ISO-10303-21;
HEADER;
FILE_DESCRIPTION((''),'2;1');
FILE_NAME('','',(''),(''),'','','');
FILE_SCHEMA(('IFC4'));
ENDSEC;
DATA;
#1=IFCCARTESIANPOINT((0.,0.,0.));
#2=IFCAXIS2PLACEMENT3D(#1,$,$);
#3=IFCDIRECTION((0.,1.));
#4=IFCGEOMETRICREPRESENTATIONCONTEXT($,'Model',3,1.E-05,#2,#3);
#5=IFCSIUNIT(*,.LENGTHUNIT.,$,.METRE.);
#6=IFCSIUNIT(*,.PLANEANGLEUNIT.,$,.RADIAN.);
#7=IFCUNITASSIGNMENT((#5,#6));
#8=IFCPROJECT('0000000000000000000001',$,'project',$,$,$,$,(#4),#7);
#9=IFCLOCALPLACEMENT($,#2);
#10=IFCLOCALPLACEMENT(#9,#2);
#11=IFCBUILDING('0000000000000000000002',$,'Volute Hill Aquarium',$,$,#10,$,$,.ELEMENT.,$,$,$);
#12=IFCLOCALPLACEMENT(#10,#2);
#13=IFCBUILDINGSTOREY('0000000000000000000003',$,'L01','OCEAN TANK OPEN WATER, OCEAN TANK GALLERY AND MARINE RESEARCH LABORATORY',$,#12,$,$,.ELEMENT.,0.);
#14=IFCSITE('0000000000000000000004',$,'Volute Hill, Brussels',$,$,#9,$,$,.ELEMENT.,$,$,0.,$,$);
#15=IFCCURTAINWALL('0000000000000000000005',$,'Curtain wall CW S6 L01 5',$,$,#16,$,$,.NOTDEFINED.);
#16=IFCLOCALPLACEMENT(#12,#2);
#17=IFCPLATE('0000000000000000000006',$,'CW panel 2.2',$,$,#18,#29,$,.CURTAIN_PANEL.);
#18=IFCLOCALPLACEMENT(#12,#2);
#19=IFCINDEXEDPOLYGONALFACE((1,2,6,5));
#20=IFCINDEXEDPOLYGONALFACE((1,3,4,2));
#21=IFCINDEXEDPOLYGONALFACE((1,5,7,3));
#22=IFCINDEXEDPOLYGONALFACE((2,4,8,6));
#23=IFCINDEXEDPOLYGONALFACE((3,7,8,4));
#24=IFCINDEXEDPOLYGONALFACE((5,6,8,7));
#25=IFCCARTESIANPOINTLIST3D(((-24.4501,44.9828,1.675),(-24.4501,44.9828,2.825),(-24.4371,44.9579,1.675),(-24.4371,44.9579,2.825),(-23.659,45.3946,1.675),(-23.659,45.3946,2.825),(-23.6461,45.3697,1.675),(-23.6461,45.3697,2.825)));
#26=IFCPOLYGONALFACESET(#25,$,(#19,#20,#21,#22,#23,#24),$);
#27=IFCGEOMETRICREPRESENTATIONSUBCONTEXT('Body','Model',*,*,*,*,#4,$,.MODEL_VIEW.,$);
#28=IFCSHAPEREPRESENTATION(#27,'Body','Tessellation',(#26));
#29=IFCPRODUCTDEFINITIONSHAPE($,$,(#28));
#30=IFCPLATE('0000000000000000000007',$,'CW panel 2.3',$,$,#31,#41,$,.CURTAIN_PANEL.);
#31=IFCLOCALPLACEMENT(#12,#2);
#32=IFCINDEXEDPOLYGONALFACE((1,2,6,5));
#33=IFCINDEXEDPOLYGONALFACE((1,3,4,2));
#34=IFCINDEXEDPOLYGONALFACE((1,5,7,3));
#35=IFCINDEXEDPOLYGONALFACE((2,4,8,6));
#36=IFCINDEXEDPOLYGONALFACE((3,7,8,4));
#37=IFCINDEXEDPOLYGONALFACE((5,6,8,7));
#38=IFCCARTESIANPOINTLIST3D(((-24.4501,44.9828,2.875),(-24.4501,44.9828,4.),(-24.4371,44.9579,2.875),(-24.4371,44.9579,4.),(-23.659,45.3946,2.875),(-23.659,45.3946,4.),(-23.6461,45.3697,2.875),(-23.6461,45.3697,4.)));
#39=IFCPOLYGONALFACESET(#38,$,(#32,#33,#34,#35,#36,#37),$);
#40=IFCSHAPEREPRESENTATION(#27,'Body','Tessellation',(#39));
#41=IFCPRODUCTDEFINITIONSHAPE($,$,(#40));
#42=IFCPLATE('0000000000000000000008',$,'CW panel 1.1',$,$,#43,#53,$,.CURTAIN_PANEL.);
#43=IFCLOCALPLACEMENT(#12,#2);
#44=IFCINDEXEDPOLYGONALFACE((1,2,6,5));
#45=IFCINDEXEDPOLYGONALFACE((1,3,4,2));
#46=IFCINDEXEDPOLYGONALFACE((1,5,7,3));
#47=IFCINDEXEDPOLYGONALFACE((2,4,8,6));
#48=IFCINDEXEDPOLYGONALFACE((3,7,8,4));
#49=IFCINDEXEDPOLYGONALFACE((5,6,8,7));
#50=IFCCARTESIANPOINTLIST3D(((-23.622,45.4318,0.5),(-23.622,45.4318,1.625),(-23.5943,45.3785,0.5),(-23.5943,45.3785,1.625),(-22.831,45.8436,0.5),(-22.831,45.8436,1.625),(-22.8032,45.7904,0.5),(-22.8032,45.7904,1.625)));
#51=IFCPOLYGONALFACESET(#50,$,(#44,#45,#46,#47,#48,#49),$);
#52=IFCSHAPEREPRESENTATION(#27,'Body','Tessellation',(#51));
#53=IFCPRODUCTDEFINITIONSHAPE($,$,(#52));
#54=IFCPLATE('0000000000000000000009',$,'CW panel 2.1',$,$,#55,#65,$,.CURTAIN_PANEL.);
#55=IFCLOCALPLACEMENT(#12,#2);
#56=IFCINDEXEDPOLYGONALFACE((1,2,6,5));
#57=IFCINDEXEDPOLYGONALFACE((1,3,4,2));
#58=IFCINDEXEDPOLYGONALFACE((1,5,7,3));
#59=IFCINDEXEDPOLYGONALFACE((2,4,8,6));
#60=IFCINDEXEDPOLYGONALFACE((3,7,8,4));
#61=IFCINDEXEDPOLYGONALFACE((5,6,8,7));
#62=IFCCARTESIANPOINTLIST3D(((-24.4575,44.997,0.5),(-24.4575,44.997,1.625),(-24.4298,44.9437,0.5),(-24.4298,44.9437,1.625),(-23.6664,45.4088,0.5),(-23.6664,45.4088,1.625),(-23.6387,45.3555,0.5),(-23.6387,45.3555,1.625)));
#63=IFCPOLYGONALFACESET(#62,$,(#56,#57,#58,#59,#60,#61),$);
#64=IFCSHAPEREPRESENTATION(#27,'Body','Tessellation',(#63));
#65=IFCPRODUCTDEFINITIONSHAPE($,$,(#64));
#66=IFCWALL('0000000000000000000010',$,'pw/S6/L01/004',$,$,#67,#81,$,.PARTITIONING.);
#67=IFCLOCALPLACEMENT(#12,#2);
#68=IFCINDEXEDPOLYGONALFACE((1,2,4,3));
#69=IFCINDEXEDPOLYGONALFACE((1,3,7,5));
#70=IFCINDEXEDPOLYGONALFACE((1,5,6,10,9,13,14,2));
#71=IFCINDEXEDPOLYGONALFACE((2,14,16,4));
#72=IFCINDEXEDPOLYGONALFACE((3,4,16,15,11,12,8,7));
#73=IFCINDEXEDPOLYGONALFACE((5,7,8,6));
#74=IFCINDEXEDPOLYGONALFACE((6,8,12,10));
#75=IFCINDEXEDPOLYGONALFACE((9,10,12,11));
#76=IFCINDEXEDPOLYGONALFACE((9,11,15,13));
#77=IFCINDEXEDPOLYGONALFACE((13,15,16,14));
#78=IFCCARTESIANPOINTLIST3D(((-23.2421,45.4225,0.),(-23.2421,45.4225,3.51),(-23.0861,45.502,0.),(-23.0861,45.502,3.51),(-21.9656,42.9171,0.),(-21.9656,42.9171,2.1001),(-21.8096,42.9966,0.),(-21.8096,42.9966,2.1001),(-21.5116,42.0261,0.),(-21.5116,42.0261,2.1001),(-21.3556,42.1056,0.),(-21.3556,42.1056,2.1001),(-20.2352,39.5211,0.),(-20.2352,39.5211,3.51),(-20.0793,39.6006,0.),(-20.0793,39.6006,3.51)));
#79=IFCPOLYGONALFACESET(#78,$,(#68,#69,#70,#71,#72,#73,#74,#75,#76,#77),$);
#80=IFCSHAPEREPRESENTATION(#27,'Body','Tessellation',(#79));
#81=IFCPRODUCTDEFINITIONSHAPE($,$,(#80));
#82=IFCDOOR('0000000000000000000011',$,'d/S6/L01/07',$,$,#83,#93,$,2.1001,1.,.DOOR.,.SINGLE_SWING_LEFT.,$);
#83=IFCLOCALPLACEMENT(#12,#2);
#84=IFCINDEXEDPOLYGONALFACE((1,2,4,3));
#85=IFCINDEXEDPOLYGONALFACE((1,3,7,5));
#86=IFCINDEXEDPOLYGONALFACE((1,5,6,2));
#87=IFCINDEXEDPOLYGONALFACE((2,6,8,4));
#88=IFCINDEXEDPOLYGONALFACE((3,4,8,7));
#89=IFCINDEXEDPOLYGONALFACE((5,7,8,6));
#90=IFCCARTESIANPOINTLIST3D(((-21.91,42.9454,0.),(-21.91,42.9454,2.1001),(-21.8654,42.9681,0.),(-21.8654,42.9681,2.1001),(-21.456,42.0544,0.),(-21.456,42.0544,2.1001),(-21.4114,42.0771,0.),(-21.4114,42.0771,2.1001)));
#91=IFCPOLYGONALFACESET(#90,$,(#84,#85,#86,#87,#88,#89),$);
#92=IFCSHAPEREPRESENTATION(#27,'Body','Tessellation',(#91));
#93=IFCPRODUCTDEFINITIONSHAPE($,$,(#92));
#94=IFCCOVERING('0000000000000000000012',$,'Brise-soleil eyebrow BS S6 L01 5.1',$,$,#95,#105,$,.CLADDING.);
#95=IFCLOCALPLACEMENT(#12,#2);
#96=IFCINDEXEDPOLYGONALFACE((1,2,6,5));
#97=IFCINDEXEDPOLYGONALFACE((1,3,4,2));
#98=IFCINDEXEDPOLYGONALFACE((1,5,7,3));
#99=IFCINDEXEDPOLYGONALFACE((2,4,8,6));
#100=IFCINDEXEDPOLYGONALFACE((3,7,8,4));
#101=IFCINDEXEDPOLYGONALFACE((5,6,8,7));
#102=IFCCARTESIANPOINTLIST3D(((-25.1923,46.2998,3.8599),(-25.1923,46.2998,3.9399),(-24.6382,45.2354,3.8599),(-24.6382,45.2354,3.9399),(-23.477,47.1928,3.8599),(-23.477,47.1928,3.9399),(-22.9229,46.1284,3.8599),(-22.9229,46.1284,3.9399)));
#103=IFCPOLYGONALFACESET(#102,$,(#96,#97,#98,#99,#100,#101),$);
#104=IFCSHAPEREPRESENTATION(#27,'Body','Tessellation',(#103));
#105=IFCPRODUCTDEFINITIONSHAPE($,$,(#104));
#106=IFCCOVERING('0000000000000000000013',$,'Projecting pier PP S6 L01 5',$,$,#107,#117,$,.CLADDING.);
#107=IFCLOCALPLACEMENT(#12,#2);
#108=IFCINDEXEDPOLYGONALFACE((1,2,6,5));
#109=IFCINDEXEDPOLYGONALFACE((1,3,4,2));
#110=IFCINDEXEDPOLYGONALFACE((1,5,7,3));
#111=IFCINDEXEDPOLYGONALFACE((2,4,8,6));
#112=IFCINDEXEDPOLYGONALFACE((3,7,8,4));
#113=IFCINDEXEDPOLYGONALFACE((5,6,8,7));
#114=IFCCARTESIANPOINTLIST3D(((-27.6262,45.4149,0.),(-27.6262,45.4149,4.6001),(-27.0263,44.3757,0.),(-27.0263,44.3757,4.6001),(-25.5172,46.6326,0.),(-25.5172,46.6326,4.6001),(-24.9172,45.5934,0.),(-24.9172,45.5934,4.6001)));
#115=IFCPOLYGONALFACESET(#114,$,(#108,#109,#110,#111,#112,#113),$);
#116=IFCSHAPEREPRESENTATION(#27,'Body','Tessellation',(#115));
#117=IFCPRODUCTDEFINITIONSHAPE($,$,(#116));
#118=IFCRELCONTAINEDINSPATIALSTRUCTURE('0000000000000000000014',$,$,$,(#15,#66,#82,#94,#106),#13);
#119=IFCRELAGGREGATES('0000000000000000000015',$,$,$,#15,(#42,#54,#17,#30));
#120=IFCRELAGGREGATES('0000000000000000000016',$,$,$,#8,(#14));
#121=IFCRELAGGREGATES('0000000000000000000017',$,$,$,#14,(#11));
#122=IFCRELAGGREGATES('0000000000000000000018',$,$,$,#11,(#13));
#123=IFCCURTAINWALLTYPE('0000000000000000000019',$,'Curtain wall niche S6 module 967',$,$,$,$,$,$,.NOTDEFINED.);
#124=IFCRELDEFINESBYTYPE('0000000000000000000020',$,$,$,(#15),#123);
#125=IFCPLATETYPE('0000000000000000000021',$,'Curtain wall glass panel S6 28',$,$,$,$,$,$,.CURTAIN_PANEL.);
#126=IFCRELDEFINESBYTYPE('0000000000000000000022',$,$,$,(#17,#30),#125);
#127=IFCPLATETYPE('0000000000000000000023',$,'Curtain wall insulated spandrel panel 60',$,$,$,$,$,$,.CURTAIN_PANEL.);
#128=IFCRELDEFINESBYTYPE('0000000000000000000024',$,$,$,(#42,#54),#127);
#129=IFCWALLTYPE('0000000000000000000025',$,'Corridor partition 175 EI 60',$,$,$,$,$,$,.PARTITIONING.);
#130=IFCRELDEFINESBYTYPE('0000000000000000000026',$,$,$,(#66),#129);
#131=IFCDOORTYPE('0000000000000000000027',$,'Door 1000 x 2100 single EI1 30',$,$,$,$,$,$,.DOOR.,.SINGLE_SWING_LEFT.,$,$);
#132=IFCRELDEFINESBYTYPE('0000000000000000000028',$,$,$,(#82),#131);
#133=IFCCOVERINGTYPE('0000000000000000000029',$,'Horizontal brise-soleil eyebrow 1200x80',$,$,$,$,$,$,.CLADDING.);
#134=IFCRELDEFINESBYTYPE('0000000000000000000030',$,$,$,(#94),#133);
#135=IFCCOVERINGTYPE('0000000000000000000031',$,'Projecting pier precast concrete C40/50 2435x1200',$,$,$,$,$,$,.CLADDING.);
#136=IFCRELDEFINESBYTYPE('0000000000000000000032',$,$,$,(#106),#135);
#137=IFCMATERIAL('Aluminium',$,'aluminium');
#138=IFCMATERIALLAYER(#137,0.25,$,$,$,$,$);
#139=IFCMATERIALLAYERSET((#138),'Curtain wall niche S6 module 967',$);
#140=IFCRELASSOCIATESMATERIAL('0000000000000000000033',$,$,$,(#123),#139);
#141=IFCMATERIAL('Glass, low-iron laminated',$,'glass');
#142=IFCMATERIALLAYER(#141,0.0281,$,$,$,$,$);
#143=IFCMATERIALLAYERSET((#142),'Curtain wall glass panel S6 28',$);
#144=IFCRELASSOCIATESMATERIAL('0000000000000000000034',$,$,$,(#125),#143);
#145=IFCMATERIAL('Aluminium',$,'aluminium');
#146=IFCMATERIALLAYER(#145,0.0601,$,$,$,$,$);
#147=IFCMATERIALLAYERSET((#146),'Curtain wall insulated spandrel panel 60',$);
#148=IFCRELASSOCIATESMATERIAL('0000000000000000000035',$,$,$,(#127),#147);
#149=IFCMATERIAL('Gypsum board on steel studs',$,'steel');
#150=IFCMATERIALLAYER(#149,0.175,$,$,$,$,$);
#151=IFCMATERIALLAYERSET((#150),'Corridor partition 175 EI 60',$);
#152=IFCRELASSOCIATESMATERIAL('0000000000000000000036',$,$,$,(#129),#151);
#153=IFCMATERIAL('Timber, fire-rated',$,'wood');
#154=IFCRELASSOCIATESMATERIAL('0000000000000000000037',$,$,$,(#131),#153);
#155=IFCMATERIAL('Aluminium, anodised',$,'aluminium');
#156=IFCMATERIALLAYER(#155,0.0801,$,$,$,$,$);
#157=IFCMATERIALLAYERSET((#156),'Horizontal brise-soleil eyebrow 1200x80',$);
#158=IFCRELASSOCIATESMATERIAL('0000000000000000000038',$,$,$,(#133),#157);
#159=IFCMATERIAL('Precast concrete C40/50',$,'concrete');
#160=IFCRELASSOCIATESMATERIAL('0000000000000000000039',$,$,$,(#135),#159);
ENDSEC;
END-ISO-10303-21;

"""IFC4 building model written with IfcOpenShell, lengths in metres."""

from ifc_helpers import new_model, si_unit, direction, frame, frame_2d, origin, origin_2d, place, context, subcontext, project, spatial, rectangle, extrude, material, layer, layer_set, type_object, element, fill, aggregate, save


model = new_model("IFC4")

# Units and contexts
model_context = context("Model", 3, precision=1e-05, world=origin(), true_north=direction((0.0, 1.0)))
body_context = subcontext(model_context, "Body", "Model", "MODEL_VIEW")
ifc_project = project(units=[si_unit("LENGTHUNIT", "METRE"), si_unit("PLANEANGLEUNIT", "RADIAN")], contexts=[model_context])

# Site, building, storey
site_placement = place(None, origin())
site = spatial("IfcSite", under=ifc_project, at=site_placement, Name="Volute Hill, Brussels", CompositionType="ELEMENT", RefElevation=0.0)
building_placement = place(site_placement, origin())
building = spatial("IfcBuilding", under=site, at=building_placement, Name="Volute Hill Aquarium", CompositionType="ELEMENT")
storey_placement = place(building_placement, origin())
storey = spatial("IfcBuildingStorey", under=building, at=storey_placement, Name="L01", Description="OCEAN TANK OPEN WATER, OCEAN TANK GALLERY AND MARINE RESEARCH LABORATORY", CompositionType="ELEMENT", Elevation=0.0)

# Curtain wall
ifc_material_1 = material(Name="Aluminium", Category="aluminium")
ifc_layer_1 = layer(ifc_material_1, 0.25)
ifc_layer_set_1 = layer_set([ifc_layer_1], Name="Curtain wall niche S6 module 967")
curtain_wall_type = type_object("IfcCurtainWallType", Name="Curtain wall niche S6 module 967", PredefinedType="NOTDEFINED", material=ifc_layer_set_1)
curtain_wall_placement = place(storey_placement, origin())
curtain_wall = element("IfcCurtainWall", 1, at=curtain_wall_placement, inside=storey, type_object=curtain_wall_type, Name="Curtain wall CW S6 L01 5", PredefinedType="NOTDEFINED")

# Plates
ifc_material_2 = material(Name="Glass, low-iron laminated", Category="glass")
ifc_layer_2 = layer(ifc_material_2, 0.0281)
ifc_layer_set_2 = layer_set([ifc_layer_2], Name="Curtain wall glass panel S6 28")
plate_type_1 = type_object("IfcPlateType", Name="Curtain wall glass panel S6 28", PredefinedType="CURTAIN_PANEL", material=ifc_layer_set_2)
plate_1_placement = place(storey_placement, frame((-24.0481, 45.1763, 1.675), z_axis=(0.0, 0.0, 1.0), x_axis=(-0.887005, -0.46176, 0.0)))
plate_1 = element("IfcPlate", 2, at=plate_1_placement, type_object=plate_type_1, Name="CW panel 2.2", PredefinedType="CURTAIN_PANEL", context=body_context, shape_type="SweptSolid", body=[
    extrude(rectangle(XDim=0.8918, YDim=0.0281, at=origin_2d()), origin(), (0.0, 0.0, 1.0), 1.1499),
])
plate_2_placement = place(storey_placement, frame((-24.0481, 45.1763, 2.875), z_axis=(0.0, 0.0, 1.0), x_axis=(-0.887005, -0.46176, 0.0)))
plate_2 = element("IfcPlate", 3, at=plate_2_placement, type_object=plate_type_1, Name="CW panel 2.3", PredefinedType="CURTAIN_PANEL", context=body_context, shape_type="SweptSolid", body=[
    extrude(rectangle(XDim=0.8918, YDim=0.0281, at=origin_2d()), origin(), (0.0, 0.0, 1.0), 1.125),
])
ifc_material_3 = material(Name="Aluminium", Category="aluminium")
ifc_layer_3 = layer(ifc_material_3, 0.0601)
ifc_layer_set_3 = layer_set([ifc_layer_3], Name="Curtain wall insulated spandrel panel 60")
plate_type_2 = type_object("IfcPlateType", Name="Curtain wall insulated spandrel panel 60", PredefinedType="CURTAIN_PANEL", material=ifc_layer_set_3)
plate_3_placement = place(storey_placement, frame((-23.2126, 45.6111, 0.5), z_axis=(0.0, 0.0, 1.0), x_axis=(-0.887005, -0.46176, 0.0)))
plate_3 = element("IfcPlate", 4, at=plate_3_placement, type_object=plate_type_2, Name="CW panel 1.1", PredefinedType="CURTAIN_PANEL", context=body_context, shape_type="SweptSolid", body=[
    extrude(rectangle(XDim=0.8918, YDim=0.0601, at=origin_2d()), origin(), (0.0, 0.0, 1.0), 1.125),
])
plate_4_placement = place(storey_placement, frame((-24.0481, 45.1763, 0.5), z_axis=(0.0, 0.0, 1.0), x_axis=(-0.887005, -0.46176, 0.0)))
plate_4 = element("IfcPlate", 5, at=plate_4_placement, type_object=plate_type_2, Name="CW panel 2.1", PredefinedType="CURTAIN_PANEL", context=body_context, shape_type="SweptSolid", body=[
    extrude(rectangle(XDim=0.8918, YDim=0.0601, at=origin_2d()), origin(), (0.0, 0.0, 1.0), 1.125),
])
aggregate(curtain_wall, [plate_3, plate_4, plate_1, plate_2])

# Wall, opening, door
ifc_material_4 = material(Name="Gypsum board on steel studs", Category="steel")
ifc_layer_4 = layer(ifc_material_4, 0.175)
ifc_layer_set_4 = layer_set([ifc_layer_4], Name="Corridor partition 175 EI 60")
wall_type = type_object("IfcWallType", Name="Corridor partition 175 EI 60", PredefinedType="PARTITIONING", material=ifc_layer_set_4)
wall_placement = place(storey_placement, frame((-23.1641, 45.4622, 0.0), z_axis=(0.0, 0.0, 1.0), x_axis=(0.453983, -0.89101, 0.0)))
wall = element("IfcWall", 6, at=wall_placement, inside=storey, type_object=wall_type, Name="pw/S6/L01/004", PredefinedType="PARTITIONING", context=body_context, shape_type="SweptSolid", body=[
    extrude(rectangle(XDim=6.6233, YDim=0.175, at=frame_2d((3.3115, 0.0))), origin(), (0.0, 0.0, 1.0), 3.51),
])
opening_placement = place(wall_placement, frame((2.8118, 0.0, 0.0)))
opening = element("IfcOpeningElement", 7, at=opening_placement, cuts=wall, PredefinedType="OPENING", context=body_context, shape_type="SweptSolid", body=[
    extrude(rectangle(XDim=1.0, YDim=2.1001, at=frame_2d((0.5, 1.05))), frame((0.0, 0.0974, 0.0), z_axis=(0.0, -1.0, 0.0), x_axis=(1.0, 0.0, 0.0)), (0.0, 0.0, 1.0), 0.1951),
])
ifc_material_5 = material(Name="Timber, fire-rated", Category="wood")
door_type = type_object("IfcDoorType", Name="Door 1000 x 2100 single EI1 30", OperationType="SINGLE_SWING_LEFT", PredefinedType="DOOR", material=ifc_material_5)
door_placement = place(opening_placement, origin())
door = element("IfcDoor", 8, at=door_placement, inside=storey, type_object=door_type, Name="d/S6/L01/07", OperationType="SINGLE_SWING_LEFT", OverallHeight=2.1001, OverallWidth=1.0, PredefinedType="DOOR", context=body_context, shape_type="SweptSolid", body=[
    extrude(rectangle(XDim=1.0, YDim=2.1001, at=frame_2d((0.5, 1.05))), frame((0.0, 0.0249, 0.0), z_axis=(0.0, -1.0, 0.0), x_axis=(1.0, 0.0, 0.0)), (0.0, 0.0, 1.0), 0.05),
])
fill(opening, door)

# Coverings
ifc_material_6 = material(Name="Aluminium, anodised", Category="aluminium")
ifc_layer_5 = layer(ifc_material_6, 0.0801)
ifc_layer_set_5 = layer_set([ifc_layer_5], Name="Horizontal brise-soleil eyebrow 1200x80")
covering_type_1 = type_object("IfcCoveringType", Name="Horizontal brise-soleil eyebrow 1200x80", PredefinedType="CLADDING", material=ifc_layer_set_5)
covering_1_placement = place(storey_placement, frame((-24.0576, 46.2141, 3.8599), z_axis=(0.0, 0.0, 1.0), x_axis=(-0.887006, -0.461759, 0.0)))
element("IfcCovering", 9, at=covering_1_placement, inside=storey, type_object=covering_type_1, Name="Brise-soleil eyebrow BS S6 L01 5.1", PredefinedType="CLADDING", context=body_context, shape_type="SweptSolid", body=[
    extrude(rectangle(XDim=1.9338, YDim=1.2, at=origin_2d()), origin(), (0.0, 0.0, 1.0), 0.0801),
])
ifc_material_7 = material(Name="Precast concrete C40/50", Category="concrete")
covering_type_2 = type_object("IfcCoveringType", Name="Projecting pier precast concrete C40/50 2435x1200", PredefinedType="CLADDING", material=ifc_material_7)
covering_2_placement = place(storey_placement, frame((-26.2717, 45.5042, 0.0), z_axis=(0.0, 0.0, 1.0), x_axis=(-0.866025, -0.5, 0.0)))
element("IfcCovering", 10, at=covering_2_placement, inside=storey, type_object=covering_type_2, Name="Projecting pier PP S6 L01 5", PredefinedType="CLADDING", context=body_context, shape_type="SweptSolid", body=[
    extrude(rectangle(XDim=2.4353, YDim=1.2, at=origin_2d()), origin(), (0.0, 0.0, 1.0), 4.6001),
])

save(model, "model.ifc")
